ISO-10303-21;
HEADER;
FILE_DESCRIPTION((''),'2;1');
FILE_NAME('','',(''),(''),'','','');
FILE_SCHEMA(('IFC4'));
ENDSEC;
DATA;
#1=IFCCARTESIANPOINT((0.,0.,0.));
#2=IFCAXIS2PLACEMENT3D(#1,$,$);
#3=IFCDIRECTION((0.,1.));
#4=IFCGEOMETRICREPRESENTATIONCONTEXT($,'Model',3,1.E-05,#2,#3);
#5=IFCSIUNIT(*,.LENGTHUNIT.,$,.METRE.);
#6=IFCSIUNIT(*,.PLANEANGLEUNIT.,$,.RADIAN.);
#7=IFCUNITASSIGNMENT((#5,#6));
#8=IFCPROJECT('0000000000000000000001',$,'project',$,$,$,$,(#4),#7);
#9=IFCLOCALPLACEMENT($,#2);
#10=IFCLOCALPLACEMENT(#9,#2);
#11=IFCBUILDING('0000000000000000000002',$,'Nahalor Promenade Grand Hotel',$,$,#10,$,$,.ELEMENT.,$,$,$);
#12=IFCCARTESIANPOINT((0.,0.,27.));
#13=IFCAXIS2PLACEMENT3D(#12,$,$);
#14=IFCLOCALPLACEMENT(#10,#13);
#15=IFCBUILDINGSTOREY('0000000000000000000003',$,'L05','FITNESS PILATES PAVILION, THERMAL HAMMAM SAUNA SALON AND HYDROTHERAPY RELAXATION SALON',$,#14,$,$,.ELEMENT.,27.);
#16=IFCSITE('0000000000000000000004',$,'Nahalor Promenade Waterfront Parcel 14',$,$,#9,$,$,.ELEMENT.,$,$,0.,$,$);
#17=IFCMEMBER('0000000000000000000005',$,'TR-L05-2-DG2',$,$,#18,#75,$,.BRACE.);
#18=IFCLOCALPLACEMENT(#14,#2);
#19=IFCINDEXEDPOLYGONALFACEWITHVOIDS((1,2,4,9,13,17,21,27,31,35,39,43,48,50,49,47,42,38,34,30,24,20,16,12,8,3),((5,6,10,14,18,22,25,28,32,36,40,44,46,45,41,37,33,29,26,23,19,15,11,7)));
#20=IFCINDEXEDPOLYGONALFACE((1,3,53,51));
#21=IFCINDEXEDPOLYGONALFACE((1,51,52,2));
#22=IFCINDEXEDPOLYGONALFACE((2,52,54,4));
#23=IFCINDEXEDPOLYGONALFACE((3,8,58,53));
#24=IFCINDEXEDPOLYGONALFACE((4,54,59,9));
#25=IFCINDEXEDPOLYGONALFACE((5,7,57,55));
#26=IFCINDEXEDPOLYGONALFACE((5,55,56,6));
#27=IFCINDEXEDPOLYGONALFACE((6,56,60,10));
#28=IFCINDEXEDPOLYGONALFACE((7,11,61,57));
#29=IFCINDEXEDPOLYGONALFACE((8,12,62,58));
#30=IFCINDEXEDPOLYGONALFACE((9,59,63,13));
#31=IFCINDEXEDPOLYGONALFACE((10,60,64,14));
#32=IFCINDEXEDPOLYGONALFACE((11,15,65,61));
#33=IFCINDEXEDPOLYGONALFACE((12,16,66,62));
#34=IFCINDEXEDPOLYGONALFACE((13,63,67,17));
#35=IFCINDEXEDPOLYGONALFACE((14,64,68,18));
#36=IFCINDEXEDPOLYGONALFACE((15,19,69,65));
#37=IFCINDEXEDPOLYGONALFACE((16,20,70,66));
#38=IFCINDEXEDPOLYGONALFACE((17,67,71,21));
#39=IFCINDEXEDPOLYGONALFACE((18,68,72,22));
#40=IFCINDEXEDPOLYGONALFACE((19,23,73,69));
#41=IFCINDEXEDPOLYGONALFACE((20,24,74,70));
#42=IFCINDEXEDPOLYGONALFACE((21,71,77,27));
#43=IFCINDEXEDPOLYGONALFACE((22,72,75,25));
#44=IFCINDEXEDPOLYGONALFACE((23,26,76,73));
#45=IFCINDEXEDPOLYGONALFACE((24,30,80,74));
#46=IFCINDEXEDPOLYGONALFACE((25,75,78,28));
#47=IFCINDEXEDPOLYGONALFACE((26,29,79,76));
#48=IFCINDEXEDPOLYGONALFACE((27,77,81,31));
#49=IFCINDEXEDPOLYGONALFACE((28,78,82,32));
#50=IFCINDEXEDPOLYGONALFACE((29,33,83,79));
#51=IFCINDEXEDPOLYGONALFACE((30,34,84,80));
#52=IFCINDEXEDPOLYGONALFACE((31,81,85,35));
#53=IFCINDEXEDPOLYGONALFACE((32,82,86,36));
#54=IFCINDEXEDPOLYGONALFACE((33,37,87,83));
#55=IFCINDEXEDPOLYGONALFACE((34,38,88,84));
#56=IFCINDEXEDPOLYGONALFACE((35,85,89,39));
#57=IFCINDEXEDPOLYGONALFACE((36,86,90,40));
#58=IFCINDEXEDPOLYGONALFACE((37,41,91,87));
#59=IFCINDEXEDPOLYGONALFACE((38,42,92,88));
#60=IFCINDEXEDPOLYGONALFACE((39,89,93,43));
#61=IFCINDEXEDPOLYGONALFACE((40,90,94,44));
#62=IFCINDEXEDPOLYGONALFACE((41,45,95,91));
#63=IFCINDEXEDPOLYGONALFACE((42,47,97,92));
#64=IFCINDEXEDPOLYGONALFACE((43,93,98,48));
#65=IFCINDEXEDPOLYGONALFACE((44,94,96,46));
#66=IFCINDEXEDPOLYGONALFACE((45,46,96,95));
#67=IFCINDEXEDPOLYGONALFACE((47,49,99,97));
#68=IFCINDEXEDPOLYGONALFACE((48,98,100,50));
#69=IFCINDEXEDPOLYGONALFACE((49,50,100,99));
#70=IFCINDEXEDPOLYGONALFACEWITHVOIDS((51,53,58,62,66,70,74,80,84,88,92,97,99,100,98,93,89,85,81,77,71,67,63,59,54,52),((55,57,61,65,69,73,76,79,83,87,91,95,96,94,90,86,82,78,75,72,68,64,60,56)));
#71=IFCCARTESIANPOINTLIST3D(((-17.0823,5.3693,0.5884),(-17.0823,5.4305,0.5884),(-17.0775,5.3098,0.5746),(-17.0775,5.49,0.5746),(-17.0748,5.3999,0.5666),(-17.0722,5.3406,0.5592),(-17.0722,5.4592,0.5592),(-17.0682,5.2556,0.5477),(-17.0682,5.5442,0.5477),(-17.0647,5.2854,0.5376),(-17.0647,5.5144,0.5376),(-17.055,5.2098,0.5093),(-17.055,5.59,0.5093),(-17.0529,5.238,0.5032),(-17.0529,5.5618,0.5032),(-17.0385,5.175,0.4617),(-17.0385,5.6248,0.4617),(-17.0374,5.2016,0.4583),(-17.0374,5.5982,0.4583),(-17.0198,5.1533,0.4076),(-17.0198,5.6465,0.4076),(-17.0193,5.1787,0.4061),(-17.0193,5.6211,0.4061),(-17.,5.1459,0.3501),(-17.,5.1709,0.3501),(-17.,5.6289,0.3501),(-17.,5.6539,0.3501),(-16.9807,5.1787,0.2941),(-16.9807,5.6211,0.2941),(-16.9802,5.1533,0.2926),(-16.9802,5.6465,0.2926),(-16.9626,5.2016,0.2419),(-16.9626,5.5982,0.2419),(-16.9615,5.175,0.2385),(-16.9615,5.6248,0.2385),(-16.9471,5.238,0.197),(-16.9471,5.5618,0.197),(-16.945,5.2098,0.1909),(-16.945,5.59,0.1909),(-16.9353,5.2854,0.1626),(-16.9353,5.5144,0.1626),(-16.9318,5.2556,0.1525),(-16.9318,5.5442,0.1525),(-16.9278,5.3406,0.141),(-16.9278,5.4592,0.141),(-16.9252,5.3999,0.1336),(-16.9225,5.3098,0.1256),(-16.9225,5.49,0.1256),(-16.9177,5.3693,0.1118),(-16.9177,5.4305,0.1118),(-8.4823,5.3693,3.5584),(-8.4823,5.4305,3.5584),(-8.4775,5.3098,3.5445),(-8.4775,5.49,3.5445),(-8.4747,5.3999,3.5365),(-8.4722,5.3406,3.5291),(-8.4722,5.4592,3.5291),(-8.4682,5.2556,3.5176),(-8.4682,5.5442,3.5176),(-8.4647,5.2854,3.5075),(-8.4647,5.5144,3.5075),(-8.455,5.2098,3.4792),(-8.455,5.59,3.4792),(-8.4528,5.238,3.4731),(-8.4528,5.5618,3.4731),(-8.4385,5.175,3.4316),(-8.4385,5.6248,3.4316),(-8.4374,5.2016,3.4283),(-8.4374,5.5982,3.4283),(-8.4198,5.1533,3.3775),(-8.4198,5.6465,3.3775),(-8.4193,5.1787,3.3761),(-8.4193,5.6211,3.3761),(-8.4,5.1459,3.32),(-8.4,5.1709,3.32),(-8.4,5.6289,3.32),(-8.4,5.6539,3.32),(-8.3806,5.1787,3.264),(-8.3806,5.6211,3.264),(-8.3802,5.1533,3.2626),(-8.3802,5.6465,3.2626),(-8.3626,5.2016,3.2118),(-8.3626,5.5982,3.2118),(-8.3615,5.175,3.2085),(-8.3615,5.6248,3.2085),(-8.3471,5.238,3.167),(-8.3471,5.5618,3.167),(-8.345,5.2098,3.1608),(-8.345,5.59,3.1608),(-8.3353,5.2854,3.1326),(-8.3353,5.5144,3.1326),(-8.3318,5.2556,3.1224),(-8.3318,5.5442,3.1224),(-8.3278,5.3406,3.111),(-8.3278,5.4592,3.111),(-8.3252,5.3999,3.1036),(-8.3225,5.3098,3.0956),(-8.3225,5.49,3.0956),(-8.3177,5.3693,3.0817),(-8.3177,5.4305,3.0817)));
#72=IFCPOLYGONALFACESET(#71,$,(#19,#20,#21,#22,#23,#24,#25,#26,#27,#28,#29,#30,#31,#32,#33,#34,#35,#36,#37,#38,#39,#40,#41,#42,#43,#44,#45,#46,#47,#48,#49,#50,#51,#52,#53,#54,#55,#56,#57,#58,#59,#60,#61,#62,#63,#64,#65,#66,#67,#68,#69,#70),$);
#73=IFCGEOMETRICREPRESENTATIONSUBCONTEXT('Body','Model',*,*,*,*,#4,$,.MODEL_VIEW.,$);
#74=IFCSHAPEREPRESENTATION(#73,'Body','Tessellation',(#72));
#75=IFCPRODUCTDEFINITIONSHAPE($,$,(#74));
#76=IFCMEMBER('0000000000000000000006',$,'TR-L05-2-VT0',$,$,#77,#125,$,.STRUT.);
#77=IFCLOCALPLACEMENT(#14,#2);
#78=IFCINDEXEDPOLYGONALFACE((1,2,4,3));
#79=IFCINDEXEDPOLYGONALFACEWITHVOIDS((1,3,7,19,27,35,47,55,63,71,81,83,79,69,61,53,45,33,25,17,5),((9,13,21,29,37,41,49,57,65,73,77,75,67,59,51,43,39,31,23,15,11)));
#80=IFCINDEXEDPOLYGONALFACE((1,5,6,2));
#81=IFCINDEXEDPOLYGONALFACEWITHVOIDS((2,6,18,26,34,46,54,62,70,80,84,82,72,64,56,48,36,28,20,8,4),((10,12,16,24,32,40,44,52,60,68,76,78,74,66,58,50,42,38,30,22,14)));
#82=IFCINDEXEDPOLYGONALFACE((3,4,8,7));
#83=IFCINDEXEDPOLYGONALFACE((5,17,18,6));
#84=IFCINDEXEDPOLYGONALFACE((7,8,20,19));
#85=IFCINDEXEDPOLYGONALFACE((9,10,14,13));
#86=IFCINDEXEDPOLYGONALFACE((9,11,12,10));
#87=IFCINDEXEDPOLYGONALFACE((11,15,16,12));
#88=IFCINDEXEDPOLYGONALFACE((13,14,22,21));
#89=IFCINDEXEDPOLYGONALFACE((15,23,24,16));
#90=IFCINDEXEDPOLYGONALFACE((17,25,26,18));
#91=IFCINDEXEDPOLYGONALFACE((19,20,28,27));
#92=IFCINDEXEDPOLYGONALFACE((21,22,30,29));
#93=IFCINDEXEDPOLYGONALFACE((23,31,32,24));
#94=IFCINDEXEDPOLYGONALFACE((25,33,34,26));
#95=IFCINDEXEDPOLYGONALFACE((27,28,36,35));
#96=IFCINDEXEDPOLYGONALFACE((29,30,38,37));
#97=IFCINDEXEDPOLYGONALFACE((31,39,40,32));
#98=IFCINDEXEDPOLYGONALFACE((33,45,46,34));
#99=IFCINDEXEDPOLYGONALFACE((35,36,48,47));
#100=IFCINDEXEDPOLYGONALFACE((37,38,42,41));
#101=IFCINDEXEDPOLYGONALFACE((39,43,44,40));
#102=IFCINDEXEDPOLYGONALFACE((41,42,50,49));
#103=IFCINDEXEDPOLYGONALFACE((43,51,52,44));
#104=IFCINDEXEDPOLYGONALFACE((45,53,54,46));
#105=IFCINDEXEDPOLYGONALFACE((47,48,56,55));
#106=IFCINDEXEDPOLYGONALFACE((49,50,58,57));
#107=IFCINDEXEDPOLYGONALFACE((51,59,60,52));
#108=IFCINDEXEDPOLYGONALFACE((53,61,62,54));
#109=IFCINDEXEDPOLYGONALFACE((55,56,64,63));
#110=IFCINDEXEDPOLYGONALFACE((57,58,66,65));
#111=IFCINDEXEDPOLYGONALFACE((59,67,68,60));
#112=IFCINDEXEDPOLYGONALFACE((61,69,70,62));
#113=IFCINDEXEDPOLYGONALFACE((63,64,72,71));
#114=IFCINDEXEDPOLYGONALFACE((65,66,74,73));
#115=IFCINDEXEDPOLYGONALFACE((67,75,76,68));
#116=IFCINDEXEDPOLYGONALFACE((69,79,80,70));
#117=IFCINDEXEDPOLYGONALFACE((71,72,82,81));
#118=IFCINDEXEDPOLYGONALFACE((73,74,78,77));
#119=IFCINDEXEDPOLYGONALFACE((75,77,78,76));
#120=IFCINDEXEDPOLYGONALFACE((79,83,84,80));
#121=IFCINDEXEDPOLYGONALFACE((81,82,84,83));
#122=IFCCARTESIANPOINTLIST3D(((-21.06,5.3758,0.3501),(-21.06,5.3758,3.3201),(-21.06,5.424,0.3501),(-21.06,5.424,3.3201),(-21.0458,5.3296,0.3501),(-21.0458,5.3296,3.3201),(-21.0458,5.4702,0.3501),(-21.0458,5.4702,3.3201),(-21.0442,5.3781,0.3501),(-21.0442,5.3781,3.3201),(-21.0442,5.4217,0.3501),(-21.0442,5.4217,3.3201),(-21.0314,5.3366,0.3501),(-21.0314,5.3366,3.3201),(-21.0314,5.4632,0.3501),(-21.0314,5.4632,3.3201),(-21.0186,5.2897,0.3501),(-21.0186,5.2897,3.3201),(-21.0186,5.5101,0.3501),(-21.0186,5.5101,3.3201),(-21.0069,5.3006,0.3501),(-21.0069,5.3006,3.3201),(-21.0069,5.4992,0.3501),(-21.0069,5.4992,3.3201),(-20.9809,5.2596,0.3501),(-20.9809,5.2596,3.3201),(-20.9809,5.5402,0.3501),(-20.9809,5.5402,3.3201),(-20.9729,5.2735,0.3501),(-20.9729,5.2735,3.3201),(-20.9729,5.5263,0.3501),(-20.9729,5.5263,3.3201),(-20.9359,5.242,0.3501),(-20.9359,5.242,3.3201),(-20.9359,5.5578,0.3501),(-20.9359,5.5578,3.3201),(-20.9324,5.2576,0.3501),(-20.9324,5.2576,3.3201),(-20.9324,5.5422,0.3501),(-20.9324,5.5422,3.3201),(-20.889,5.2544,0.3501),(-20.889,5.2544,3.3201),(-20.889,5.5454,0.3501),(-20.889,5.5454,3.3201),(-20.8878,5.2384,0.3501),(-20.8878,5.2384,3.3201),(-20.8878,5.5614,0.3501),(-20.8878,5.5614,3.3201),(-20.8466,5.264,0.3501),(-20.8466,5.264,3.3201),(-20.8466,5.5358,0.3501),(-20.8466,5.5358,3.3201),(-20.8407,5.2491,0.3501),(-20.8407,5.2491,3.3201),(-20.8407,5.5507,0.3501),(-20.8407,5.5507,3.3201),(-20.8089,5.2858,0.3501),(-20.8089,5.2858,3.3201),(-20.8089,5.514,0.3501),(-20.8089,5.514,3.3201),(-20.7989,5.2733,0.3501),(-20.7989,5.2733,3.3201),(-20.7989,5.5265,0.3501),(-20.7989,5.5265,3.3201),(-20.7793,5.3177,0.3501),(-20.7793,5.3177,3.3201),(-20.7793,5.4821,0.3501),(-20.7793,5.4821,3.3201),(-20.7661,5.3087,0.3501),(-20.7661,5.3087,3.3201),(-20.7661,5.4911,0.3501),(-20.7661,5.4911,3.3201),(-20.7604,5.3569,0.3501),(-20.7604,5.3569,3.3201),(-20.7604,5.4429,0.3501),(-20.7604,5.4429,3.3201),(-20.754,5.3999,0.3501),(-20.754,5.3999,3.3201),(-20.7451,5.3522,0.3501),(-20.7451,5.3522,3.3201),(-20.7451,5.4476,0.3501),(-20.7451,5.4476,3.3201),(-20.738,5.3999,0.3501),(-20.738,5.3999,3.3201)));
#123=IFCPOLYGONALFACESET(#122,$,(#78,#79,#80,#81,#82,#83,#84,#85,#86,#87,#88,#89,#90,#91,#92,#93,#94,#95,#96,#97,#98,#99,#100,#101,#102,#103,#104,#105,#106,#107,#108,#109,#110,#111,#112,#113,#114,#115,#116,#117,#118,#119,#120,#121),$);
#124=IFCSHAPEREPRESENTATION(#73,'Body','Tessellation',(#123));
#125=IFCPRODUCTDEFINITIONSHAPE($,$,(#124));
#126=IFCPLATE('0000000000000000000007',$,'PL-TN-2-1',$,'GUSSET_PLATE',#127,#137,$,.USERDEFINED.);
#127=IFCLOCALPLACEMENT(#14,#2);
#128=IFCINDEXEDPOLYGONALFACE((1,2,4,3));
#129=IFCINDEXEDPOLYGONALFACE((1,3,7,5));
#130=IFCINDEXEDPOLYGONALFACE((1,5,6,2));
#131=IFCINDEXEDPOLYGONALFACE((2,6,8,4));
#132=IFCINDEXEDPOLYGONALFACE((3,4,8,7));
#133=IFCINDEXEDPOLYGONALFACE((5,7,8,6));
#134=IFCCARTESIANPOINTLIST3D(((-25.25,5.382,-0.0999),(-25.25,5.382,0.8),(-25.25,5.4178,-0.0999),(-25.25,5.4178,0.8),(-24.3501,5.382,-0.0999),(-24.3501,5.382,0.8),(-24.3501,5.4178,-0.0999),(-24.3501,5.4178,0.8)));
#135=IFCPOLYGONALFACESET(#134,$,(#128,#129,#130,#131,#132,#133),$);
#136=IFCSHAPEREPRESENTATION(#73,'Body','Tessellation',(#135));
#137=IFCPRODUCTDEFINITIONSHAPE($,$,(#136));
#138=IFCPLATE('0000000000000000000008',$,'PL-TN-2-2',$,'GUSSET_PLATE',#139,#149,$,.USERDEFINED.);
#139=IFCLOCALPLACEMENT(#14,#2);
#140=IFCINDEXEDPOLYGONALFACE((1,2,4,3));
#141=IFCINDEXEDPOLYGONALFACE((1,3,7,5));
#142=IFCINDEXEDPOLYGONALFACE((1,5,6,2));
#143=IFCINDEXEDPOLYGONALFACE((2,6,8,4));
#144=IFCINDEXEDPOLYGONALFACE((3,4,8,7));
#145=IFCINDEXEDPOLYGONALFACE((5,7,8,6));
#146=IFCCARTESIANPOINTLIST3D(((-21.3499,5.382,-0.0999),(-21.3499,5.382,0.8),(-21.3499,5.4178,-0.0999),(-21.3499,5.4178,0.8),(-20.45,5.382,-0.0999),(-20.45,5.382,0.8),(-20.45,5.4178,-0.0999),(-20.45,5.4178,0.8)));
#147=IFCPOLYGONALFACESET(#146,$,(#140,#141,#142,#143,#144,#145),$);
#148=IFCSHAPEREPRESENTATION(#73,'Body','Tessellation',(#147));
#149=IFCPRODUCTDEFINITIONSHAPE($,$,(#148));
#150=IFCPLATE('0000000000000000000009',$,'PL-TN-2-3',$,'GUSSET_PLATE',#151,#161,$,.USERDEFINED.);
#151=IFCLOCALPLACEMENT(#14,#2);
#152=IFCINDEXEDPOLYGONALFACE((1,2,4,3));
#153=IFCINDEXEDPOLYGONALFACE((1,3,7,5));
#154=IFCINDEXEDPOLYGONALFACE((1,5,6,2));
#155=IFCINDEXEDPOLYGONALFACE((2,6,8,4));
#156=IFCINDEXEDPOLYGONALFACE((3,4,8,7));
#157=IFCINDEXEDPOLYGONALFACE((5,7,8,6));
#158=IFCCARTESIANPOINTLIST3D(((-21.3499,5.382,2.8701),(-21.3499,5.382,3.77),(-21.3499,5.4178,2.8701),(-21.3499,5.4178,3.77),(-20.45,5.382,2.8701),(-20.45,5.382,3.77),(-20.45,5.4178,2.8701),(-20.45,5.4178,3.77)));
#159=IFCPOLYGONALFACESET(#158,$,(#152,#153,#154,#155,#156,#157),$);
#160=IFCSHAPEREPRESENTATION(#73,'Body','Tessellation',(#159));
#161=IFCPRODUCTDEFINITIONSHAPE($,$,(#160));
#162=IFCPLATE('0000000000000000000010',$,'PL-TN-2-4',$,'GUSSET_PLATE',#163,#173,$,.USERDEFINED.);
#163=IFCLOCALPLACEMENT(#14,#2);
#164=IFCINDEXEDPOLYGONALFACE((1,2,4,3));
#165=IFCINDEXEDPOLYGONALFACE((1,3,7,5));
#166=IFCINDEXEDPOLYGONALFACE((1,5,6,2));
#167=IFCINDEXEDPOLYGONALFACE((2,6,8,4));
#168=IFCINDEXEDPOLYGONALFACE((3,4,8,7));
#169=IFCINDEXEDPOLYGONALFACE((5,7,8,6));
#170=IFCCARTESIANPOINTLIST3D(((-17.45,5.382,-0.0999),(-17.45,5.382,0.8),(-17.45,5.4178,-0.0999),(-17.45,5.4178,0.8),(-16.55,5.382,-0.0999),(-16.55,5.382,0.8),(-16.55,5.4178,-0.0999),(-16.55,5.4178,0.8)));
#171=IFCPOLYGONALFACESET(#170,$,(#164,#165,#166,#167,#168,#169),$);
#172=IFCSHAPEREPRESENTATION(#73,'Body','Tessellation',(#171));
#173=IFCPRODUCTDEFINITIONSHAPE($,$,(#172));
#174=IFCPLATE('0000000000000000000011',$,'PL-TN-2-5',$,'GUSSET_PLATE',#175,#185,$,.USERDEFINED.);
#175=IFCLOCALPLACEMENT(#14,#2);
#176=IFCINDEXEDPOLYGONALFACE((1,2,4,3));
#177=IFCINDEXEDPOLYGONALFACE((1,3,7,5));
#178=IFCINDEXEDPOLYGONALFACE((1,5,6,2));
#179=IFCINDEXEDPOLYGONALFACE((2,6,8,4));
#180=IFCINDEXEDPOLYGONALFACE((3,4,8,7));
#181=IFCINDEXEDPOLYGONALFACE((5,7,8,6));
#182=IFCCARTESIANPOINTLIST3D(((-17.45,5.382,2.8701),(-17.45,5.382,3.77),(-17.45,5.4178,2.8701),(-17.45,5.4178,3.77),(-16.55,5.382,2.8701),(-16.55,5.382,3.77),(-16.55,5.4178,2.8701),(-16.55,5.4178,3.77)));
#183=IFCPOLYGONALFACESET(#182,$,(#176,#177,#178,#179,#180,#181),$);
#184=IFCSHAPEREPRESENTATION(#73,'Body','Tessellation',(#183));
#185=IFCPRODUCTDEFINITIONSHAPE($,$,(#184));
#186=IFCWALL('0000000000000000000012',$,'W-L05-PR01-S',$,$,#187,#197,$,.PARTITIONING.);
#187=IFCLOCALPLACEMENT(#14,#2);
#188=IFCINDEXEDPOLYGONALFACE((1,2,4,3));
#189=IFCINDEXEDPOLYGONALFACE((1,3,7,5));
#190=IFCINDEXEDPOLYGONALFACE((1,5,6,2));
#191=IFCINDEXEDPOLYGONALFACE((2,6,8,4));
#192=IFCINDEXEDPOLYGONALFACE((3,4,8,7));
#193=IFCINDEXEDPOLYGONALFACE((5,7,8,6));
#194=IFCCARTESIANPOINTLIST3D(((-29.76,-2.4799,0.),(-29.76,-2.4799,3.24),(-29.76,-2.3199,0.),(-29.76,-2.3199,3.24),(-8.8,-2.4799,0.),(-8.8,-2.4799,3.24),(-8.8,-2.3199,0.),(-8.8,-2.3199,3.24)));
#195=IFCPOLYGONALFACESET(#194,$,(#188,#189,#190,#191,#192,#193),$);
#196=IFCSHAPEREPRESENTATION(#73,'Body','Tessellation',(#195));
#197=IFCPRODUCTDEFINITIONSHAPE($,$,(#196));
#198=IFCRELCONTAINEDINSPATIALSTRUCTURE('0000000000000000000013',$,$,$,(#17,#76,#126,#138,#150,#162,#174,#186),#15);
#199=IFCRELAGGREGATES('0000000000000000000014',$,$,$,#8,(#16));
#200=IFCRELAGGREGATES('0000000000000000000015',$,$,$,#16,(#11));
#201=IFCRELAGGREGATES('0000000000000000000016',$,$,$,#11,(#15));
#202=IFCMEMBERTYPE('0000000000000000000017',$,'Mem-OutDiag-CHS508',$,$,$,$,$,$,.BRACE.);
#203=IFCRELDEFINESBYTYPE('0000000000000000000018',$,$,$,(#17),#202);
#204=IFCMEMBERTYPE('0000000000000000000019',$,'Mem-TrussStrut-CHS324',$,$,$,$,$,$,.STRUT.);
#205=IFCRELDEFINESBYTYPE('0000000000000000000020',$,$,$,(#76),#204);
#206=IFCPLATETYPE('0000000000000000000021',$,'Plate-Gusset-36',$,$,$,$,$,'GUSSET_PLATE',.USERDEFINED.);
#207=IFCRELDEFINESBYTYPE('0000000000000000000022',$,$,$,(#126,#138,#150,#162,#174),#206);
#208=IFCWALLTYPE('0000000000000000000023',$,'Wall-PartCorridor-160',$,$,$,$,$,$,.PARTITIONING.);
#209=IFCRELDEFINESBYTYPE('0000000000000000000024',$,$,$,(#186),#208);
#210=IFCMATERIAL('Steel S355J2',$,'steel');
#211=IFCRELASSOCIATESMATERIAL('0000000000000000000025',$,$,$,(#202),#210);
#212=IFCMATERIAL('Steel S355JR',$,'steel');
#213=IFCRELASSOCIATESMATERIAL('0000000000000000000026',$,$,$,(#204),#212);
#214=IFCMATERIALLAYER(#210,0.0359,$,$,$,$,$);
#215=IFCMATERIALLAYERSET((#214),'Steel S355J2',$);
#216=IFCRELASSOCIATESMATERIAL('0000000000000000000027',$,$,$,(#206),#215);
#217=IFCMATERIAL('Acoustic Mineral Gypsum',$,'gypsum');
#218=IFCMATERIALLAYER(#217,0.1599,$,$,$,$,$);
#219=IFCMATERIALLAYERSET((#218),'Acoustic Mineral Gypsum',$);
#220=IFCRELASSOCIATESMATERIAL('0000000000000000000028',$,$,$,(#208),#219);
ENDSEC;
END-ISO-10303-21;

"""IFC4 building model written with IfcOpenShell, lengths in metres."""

from ifc_helpers import new_model, si_unit, direction, frame, frame_2d, origin, origin_2d, place, context, subcontext, project, spatial, rectangle, hollow_circle, extrude, source, transform, mapped, material, layer, layer_set, material_profile, profile_set, type_object, element, save


model = new_model("IFC4")

# Units and contexts
model_context = context("Model", 3, precision=1e-05, world=origin(), true_north=direction((0.0, 1.0)))
body_context = subcontext(model_context, "Body", "Model", "MODEL_VIEW")
ifc_project = project(units=[si_unit("LENGTHUNIT", "METRE"), si_unit("PLANEANGLEUNIT", "RADIAN")], contexts=[model_context])

# Site, building, storey
site_placement = place(None, origin())
site = spatial("IfcSite", under=ifc_project, at=site_placement, Name="Nahalor Promenade Waterfront Parcel 14", CompositionType="ELEMENT", RefElevation=0.0)
building_placement = place(site_placement, origin())
building = spatial("IfcBuilding", under=site, at=building_placement, Name="Nahalor Promenade Grand Hotel", CompositionType="ELEMENT")
storey_placement = place(building_placement, frame((0.0, 0.0, 27.0)))
storey = spatial("IfcBuildingStorey", under=building, at=storey_placement, Name="L05", Description="FITNESS PILATES PAVILION, THERMAL HAMMAM SAUNA SALON AND HYDROTHERAPY RELAXATION SALON", CompositionType="ELEMENT", Elevation=27.0)

# Shared definitions
ifc_material_1 = material(Name="Steel S355J2", Category="steel")

# Shared definitions
ifc_material_2 = material(Name="Steel S355JR", Category="steel")

# Members
ifc_material_profile_1 = material_profile(ifc_material_1, hollow_circle(Radius=0.254, WallThickness=0.025, at=origin_2d()), Name="CHS 508x25")
ifc_profile_set_1 = profile_set([ifc_material_profile_1], Name="Steel S355J2")
member_type_1 = type_object("IfcMemberType", Name="Mem-OutDiag-CHS508", PredefinedType="BRACE", material=ifc_profile_set_1)
shared_shape_1 = source(origin(), body_context, "Body", "SweptSolid", [
    extrude(hollow_circle(Radius=0.254, WallThickness=0.025, at=origin_2d()), origin(), (0.0, 0.0, 1.0), 9.0984),
])
member_1_placement = place(storey_placement, frame((-17.0, 5.3999, 0.3501), z_axis=(0.945223, 0.0, 0.326425), x_axis=(0.0, 1.0, 0.0)))
element("IfcMember", 1, at=member_1_placement, inside=storey, type_object=member_type_1, Name="TR-L05-2-DG2", PredefinedType="BRACE", context=body_context, shape_type="MappedRepresentation", body=[
    mapped(shared_shape_1, transform((0.0, 0.0, 0.0), scale=1.0)),
])
ifc_material_profile_2 = material_profile(ifc_material_2, hollow_circle(Radius=0.162, WallThickness=0.016, at=origin_2d()), Name="CHS 323.9x16")
ifc_profile_set_2 = profile_set([ifc_material_profile_2], Name="Steel S355JR")
member_type_2 = type_object("IfcMemberType", Name="Mem-TrussStrut-CHS324", PredefinedType="STRUT", material=ifc_profile_set_2)
shared_shape_2 = source(origin(), body_context, "Body", "SweptSolid", [
    extrude(hollow_circle(Radius=0.162, WallThickness=0.016, at=origin_2d()), origin(), (0.0, 0.0, 1.0), 2.97),
])
member_2_placement = place(storey_placement, frame((-20.8999, 5.3999, 0.3501), z_axis=(0.0, 0.0, 1.0), x_axis=(1.0, 0.0, 0.0)))
element("IfcMember", 2, at=member_2_placement, inside=storey, type_object=member_type_2, Name="TR-L05-2-VT0", PredefinedType="STRUT", context=body_context, shape_type="MappedRepresentation", body=[
    mapped(shared_shape_2, transform((0.0, 0.0, 0.0), scale=1.0)),
])

# Plates
ifc_layer_1 = layer(ifc_material_1, 0.0359)
ifc_layer_set_1 = layer_set([ifc_layer_1], Name="Steel S355J2")
plate_type = type_object("IfcPlateType", Name="Plate-Gusset-36", ElementType="GUSSET_PLATE", PredefinedType="USERDEFINED", material=ifc_layer_set_1)
shared_shape_3 = source(origin(), body_context, "Body", "SweptSolid", [
    extrude(rectangle(XDim=0.8999, YDim=0.0359, at=origin_2d()), origin(), (0.0, 0.0, 1.0), 0.8999),
])
for number, where, z_axis, x_axis, name in (
    (3, (-24.8, 5.3999, -0.0999), (0.0, 0.0, 1.0), (1.0, 0.0, 0.0), "PL-TN-2-1"),
    (4, (-20.8999, 5.3999, -0.0999), (0.0, 0.0, 1.0), (1.0, 0.0, 0.0), "PL-TN-2-2"),
    (5, (-20.8999, 5.3999, 2.8701), (0.0, 0.0, 1.0), (1.0, 0.0, 0.0), "PL-TN-2-3"),
    (6, (-17.0, 5.3999, -0.0999), (0.0, 0.0, 1.0), (1.0, 0.0, 0.0), "PL-TN-2-4"),
    (7, (-17.0, 5.3999, 2.8701), (0.0, 0.0, 1.0), (1.0, 0.0, 0.0), "PL-TN-2-5"),
):
    element("IfcPlate", number, at=place(storey_placement, frame(where, z_axis=z_axis, x_axis=x_axis)), inside=storey, type_object=plate_type, Name=name, ObjectType="GUSSET_PLATE", PredefinedType="USERDEFINED", context=body_context, shape_type="MappedRepresentation", body=[
        mapped(shared_shape_3, transform((0.0, 0.0, 0.0), scale=1.0)),
    ])

# Wall
ifc_material_3 = material(Name="Acoustic Mineral Gypsum", Category="gypsum")
ifc_layer_2 = layer(ifc_material_3, 0.1599)
ifc_layer_set_2 = layer_set([ifc_layer_2], Name="Acoustic Mineral Gypsum")
wall_type = type_object("IfcWallType", Name="Wall-PartCorridor-160", PredefinedType="PARTITIONING", material=ifc_layer_set_2)
shared_shape_4 = source(origin(), body_context, "Body", "SweptSolid", [
    extrude(rectangle(XDim=20.96, YDim=0.1599, at=frame_2d((10.48, 0.0))), origin(), (0.0, 0.0, 1.0), 3.24),
])
wall_1_placement = place(storey_placement, frame((-29.76, -2.3999, 0.0), z_axis=(0.0, 0.0, 1.0), x_axis=(1.0, 0.0, 0.0)))
element("IfcWall", 8, at=wall_1_placement, inside=storey, type_object=wall_type, Name="W-L05-PR01-S", PredefinedType="PARTITIONING", context=body_context, shape_type="MappedRepresentation", body=[
    mapped(shared_shape_4, transform((0.0, 0.0, 0.0), scale=1.0)),
])

save(model, "model.ifc")
